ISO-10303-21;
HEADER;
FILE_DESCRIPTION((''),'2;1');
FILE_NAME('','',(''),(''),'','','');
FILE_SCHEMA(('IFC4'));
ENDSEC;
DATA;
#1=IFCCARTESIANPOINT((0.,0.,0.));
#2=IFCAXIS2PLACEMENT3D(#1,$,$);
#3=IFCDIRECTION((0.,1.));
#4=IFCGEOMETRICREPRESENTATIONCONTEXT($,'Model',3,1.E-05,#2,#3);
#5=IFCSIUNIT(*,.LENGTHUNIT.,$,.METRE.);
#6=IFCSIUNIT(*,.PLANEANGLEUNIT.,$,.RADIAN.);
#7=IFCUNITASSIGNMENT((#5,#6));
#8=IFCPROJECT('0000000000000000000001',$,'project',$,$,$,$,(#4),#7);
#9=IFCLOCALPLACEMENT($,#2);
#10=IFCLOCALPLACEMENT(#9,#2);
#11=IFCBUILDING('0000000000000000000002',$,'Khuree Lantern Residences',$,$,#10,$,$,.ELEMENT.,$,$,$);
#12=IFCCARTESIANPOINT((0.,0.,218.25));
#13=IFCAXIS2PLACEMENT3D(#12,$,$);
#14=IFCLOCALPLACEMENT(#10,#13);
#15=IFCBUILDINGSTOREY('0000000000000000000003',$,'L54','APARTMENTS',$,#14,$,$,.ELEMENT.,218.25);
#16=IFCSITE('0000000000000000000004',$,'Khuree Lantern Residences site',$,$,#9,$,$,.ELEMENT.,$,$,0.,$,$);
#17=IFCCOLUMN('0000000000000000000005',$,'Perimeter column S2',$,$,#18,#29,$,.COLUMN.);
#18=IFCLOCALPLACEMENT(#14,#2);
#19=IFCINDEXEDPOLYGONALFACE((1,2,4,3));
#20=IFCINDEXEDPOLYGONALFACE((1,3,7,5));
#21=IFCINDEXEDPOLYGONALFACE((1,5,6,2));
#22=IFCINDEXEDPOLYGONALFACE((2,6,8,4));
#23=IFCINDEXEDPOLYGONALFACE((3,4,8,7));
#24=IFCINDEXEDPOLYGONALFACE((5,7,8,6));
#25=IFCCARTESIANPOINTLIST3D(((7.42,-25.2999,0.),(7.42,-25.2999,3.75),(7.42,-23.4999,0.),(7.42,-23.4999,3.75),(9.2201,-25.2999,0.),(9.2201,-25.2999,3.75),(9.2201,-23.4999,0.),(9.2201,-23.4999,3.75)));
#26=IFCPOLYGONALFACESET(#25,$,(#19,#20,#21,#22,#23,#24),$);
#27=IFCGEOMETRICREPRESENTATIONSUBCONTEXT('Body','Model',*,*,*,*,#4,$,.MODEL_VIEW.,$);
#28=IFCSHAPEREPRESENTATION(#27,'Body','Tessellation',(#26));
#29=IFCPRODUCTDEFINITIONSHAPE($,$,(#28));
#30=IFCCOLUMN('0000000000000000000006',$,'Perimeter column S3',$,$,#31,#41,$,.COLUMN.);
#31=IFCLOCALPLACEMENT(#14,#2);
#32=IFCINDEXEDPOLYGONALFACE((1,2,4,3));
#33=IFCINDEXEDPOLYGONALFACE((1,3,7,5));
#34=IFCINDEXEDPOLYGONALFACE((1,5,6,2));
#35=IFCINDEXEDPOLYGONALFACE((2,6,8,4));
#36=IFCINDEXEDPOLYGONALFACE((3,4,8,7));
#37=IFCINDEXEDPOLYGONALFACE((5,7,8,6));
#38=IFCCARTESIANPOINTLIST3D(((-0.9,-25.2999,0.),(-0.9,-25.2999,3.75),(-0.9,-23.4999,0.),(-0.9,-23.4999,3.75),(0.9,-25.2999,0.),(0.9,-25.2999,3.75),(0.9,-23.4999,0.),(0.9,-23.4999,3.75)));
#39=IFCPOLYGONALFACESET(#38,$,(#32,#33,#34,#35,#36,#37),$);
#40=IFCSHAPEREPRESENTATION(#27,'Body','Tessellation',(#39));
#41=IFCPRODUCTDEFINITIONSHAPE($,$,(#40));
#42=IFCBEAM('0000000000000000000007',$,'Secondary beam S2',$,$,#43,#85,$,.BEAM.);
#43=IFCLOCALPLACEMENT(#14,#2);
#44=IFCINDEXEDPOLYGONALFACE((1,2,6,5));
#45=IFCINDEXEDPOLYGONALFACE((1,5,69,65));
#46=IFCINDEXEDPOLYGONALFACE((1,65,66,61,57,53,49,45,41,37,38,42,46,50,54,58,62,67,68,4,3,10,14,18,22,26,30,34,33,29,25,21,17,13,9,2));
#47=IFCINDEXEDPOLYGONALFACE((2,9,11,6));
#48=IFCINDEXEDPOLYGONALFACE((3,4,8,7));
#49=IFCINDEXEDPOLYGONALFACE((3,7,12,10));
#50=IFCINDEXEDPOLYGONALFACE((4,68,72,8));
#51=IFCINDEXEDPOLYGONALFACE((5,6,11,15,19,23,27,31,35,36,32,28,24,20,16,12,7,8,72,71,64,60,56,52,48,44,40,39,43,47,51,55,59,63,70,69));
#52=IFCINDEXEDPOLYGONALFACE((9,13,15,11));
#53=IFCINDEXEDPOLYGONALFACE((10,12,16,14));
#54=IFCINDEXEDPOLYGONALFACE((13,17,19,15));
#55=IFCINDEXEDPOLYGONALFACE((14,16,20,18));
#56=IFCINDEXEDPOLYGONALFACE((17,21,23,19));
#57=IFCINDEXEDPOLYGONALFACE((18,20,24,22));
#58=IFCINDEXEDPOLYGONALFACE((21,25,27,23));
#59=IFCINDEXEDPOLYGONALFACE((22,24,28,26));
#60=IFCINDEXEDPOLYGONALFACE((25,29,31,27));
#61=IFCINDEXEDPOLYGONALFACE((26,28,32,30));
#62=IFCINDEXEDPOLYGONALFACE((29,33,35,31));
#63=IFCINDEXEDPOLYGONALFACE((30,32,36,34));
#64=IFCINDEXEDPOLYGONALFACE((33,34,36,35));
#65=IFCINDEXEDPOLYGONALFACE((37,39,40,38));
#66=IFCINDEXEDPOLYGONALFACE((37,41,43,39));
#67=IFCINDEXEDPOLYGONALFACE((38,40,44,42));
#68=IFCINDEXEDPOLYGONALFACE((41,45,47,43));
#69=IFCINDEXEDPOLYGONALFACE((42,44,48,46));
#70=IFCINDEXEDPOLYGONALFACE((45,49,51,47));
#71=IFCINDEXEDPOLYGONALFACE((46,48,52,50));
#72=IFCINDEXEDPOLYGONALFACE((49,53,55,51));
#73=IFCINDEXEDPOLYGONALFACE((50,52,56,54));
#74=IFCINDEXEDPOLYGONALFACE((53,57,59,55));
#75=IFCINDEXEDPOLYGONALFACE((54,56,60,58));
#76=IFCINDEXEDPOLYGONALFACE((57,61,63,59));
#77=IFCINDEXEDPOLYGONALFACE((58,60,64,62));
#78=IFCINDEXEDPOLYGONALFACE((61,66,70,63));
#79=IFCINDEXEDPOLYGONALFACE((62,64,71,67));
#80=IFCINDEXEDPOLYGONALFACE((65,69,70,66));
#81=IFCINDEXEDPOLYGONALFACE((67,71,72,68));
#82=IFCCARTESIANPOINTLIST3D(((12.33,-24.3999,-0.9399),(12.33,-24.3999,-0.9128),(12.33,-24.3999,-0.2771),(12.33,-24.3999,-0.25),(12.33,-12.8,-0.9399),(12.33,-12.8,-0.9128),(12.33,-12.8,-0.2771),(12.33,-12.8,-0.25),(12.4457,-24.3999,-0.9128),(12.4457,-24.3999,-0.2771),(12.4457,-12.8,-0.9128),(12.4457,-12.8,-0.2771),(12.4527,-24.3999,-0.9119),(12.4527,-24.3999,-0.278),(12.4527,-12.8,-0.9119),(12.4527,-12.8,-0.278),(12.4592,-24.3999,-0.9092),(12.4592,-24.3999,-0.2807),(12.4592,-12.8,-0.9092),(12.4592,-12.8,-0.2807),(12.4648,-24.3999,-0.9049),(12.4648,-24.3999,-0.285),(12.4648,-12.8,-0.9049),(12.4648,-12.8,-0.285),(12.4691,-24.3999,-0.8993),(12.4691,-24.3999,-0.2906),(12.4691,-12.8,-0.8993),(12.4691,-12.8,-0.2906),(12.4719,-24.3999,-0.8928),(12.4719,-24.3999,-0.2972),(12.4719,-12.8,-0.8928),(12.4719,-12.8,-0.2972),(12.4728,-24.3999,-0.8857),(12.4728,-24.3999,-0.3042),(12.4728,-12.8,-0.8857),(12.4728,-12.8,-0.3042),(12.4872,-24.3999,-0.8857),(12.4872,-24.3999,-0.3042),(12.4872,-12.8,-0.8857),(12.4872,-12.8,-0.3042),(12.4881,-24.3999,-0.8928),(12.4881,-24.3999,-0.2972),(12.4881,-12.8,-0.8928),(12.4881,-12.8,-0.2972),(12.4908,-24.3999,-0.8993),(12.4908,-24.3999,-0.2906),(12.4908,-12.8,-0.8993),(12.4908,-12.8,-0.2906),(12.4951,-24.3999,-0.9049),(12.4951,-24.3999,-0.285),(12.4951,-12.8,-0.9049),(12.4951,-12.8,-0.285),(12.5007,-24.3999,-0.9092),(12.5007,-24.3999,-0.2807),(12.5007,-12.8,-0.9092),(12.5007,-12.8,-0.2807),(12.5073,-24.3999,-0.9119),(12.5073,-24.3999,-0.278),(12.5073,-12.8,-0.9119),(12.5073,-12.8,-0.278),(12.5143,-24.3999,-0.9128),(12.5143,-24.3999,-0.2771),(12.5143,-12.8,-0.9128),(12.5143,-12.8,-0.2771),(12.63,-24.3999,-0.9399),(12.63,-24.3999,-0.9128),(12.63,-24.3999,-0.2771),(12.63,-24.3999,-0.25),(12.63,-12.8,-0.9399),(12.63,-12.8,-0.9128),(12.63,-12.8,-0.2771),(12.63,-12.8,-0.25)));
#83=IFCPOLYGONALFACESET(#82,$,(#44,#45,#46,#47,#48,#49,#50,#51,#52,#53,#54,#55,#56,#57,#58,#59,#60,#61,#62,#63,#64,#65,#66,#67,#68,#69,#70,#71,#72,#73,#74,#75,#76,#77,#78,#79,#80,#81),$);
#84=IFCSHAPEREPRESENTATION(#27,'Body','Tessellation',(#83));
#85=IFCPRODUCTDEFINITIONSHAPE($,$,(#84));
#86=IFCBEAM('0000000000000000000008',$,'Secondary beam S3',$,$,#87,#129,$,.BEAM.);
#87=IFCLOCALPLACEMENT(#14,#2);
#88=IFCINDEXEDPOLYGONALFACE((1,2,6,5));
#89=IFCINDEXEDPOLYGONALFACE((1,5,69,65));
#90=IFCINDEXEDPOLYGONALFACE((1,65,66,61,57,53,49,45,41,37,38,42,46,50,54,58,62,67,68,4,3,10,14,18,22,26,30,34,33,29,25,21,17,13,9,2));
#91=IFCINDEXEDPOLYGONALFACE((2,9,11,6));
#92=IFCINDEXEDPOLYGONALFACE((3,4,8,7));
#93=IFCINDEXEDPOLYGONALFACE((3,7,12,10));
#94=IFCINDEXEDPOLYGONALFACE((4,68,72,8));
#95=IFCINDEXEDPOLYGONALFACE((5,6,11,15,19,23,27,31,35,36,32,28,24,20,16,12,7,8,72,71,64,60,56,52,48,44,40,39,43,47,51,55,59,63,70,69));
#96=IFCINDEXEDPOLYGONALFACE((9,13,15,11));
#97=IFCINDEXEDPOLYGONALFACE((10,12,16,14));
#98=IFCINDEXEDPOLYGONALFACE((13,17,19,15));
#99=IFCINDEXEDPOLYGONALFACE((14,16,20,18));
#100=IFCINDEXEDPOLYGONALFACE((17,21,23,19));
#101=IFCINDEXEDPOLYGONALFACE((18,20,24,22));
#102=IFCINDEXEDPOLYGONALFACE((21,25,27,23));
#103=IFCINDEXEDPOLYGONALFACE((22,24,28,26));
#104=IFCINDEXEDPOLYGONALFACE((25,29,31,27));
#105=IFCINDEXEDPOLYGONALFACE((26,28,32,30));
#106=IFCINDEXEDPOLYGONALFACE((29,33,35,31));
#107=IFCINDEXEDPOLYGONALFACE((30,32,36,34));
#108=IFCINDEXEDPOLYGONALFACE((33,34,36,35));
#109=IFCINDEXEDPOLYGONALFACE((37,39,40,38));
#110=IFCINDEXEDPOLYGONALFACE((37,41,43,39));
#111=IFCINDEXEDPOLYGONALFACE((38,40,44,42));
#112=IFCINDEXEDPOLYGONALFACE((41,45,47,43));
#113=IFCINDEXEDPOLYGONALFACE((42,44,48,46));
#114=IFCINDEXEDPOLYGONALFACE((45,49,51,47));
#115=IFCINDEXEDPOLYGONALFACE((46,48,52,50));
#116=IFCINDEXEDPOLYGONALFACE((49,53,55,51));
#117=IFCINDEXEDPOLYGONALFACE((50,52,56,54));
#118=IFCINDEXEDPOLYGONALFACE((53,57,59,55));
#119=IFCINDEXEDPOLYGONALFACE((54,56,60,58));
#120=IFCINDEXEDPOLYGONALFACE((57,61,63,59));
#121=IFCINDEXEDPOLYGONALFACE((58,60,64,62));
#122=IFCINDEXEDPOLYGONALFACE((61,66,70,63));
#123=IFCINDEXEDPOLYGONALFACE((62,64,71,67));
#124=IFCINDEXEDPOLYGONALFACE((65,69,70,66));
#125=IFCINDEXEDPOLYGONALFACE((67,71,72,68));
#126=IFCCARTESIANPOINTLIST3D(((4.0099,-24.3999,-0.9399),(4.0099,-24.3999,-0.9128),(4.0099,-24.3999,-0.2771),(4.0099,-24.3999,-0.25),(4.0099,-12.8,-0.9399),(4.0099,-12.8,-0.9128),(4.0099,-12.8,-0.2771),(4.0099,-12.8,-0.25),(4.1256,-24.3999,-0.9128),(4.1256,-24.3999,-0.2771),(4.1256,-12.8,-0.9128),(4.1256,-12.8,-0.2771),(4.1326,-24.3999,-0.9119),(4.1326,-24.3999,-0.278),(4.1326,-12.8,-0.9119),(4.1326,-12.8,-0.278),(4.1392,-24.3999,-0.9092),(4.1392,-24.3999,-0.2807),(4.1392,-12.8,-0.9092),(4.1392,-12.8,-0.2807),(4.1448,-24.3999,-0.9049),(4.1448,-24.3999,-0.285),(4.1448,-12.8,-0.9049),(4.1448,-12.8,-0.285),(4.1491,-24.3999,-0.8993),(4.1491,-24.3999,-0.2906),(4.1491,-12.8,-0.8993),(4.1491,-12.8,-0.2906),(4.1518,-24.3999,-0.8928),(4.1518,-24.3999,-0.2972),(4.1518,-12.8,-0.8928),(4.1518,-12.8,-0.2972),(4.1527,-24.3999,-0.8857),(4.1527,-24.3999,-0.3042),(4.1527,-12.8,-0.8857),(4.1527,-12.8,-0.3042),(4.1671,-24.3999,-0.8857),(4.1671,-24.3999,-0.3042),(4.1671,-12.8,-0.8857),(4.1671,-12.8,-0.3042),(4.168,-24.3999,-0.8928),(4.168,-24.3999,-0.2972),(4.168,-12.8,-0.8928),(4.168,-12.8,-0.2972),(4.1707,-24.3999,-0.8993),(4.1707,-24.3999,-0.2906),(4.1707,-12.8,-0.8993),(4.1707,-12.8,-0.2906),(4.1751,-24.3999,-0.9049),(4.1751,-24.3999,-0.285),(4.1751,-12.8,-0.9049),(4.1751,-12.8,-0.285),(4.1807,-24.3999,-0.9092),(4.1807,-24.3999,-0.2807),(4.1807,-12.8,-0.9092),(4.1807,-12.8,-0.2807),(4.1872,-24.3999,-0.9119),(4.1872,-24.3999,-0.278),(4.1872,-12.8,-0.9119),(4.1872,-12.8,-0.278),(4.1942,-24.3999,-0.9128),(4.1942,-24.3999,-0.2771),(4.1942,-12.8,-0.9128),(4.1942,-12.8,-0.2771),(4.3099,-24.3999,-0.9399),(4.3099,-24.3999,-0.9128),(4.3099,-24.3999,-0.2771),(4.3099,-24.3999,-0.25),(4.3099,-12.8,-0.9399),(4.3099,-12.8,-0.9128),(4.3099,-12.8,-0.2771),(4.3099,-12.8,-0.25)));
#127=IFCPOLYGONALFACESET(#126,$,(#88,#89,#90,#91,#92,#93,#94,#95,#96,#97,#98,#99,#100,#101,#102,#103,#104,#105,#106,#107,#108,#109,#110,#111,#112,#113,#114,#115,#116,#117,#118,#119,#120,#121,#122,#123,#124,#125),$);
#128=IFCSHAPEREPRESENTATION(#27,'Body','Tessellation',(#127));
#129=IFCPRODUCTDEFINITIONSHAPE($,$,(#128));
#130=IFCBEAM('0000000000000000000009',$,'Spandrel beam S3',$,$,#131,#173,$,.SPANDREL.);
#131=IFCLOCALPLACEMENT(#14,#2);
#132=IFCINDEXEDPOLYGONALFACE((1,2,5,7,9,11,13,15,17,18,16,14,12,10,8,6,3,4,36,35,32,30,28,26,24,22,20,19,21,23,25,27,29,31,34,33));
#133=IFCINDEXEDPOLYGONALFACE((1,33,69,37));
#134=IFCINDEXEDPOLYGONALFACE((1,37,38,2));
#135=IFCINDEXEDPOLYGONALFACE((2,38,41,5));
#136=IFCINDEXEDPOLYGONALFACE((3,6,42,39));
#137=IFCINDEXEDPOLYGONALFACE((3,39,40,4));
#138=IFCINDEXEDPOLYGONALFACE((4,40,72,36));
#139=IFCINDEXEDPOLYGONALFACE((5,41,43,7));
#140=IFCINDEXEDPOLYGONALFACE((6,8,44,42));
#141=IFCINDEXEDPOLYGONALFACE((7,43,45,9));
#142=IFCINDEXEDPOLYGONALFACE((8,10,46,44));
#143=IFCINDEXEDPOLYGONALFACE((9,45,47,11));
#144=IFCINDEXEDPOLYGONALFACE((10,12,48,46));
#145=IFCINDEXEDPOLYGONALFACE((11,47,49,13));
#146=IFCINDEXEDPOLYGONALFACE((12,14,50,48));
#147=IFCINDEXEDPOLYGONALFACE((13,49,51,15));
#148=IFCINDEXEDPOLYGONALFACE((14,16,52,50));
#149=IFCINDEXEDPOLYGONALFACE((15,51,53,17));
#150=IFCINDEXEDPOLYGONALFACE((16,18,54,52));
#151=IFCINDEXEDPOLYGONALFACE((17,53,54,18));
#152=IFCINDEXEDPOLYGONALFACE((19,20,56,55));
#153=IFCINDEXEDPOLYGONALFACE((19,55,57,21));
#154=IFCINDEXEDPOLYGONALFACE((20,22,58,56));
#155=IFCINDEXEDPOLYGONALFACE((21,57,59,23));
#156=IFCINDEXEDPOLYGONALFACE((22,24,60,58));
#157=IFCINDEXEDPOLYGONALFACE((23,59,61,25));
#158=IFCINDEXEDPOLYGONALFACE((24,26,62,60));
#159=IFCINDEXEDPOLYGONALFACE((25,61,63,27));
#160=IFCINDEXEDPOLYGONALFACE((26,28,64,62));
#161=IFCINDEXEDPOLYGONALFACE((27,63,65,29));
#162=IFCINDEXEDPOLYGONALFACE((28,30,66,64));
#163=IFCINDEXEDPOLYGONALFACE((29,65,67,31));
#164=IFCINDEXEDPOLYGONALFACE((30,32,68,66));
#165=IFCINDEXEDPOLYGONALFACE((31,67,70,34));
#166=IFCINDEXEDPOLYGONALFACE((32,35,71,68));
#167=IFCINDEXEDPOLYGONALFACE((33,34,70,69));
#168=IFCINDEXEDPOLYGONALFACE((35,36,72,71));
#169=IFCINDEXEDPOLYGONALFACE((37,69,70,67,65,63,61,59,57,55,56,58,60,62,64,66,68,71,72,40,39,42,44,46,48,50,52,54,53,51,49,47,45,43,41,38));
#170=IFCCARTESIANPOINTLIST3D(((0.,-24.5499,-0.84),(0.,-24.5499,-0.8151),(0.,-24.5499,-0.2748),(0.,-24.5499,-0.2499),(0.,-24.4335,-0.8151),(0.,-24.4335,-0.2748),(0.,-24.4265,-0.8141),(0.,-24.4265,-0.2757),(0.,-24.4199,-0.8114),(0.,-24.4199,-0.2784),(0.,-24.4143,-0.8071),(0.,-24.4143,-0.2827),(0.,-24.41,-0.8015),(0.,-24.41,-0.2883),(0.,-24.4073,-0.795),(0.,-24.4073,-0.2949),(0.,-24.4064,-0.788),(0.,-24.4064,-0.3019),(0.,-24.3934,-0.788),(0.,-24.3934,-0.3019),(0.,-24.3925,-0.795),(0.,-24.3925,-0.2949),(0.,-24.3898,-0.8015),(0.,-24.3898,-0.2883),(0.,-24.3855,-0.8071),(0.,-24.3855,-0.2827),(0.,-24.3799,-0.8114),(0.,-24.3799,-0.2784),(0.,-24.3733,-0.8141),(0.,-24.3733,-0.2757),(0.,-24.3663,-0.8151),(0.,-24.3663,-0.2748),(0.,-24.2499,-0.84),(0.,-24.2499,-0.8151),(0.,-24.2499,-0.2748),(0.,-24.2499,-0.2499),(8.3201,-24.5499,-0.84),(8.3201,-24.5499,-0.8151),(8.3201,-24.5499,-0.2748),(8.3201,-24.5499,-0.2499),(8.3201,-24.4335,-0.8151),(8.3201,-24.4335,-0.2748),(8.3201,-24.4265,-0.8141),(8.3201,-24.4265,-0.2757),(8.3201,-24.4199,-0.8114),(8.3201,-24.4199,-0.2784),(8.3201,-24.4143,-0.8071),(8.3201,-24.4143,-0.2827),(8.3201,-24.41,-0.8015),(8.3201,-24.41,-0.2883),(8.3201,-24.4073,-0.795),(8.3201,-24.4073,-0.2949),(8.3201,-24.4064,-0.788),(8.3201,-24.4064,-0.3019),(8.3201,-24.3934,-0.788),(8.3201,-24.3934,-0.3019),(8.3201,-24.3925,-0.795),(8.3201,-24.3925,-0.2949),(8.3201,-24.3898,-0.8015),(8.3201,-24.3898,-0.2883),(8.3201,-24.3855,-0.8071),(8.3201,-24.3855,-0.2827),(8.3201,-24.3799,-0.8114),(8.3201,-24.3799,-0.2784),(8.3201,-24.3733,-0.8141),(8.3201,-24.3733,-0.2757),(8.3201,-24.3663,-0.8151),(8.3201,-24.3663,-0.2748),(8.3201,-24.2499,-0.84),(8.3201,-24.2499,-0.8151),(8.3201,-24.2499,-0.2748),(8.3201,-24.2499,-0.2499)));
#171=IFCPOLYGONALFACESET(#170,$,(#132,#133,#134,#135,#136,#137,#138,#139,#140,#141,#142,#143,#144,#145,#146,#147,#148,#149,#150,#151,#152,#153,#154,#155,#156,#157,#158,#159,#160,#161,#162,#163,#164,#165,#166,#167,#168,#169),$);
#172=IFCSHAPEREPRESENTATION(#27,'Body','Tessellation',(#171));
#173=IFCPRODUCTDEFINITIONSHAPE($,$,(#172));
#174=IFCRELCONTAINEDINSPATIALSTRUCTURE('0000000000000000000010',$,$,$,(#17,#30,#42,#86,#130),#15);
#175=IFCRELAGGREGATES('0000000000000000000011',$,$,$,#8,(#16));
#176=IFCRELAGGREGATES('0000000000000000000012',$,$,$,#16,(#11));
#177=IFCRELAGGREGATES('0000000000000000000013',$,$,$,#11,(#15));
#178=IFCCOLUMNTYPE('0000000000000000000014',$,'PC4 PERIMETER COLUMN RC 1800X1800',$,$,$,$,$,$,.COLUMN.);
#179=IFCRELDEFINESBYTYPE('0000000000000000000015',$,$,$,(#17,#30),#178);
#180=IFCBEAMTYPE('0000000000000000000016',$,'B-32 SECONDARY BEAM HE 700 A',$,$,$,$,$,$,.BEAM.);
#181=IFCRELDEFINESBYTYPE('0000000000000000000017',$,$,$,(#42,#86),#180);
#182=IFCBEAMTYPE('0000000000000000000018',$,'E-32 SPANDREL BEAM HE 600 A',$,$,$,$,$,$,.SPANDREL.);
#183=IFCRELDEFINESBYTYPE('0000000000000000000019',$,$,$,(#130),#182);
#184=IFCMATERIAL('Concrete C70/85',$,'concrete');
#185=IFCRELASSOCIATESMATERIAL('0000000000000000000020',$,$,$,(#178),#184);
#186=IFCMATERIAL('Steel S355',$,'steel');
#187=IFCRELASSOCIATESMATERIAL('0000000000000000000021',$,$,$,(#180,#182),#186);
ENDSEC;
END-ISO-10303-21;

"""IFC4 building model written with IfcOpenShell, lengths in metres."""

from ifc_helpers import new_model, si_unit, direction, frame, origin, origin_2d, place, context, subcontext, project, spatial, rectangle, i_section, extrude, material, material_profile, profile_set, type_object, element, save


model = new_model("IFC4")

# Units and contexts
model_context = context("Model", 3, precision=1e-05, world=origin(), true_north=direction((0.0, 1.0)))
body_context = subcontext(model_context, "Body", "Model", "MODEL_VIEW")
ifc_project = project(units=[si_unit("LENGTHUNIT", "METRE"), si_unit("PLANEANGLEUNIT", "RADIAN")], contexts=[model_context])

# Site, building, storey
site_placement = place(None, origin())
site = spatial("IfcSite", under=ifc_project, at=site_placement, Name="Khuree Lantern Residences site", CompositionType="ELEMENT", RefElevation=0.0)
building_placement = place(site_placement, origin())
building = spatial("IfcBuilding", under=site, at=building_placement, Name="Khuree Lantern Residences", CompositionType="ELEMENT")
storey_placement = place(building_placement, frame((0.0, 0.0, 218.25)))
storey = spatial("IfcBuildingStorey", under=building, at=storey_placement, Name="L54", Description="APARTMENTS", CompositionType="ELEMENT", Elevation=218.25)

# Columns
ifc_material_1 = material(Name="Concrete C70/85", Category="concrete")
ifc_material_profile_1 = material_profile(ifc_material_1, rectangle(XDim=1.8, YDim=1.8, at=origin_2d()), Name="RC 1800X1800")
ifc_profile_set_1 = profile_set([ifc_material_profile_1], Name="Concrete C70/85")
column_type = type_object("IfcColumnType", Name="PC4 PERIMETER COLUMN RC 1800X1800", PredefinedType="COLUMN", material=ifc_profile_set_1)
for number, where, z_axis, x_axis, name in (
    (1, (8.3201, -24.3999, 0.0), (0.0, 0.0, 1.0), (1.0, 0.0, 0.0), "Perimeter column S2"),
    (2, (0.0, -24.3999, 0.0), (0.0, 0.0, 1.0), (1.0, 0.0, 0.0), "Perimeter column S3"),
):
    element("IfcColumn", number, at=place(storey_placement, frame(where, z_axis=z_axis, x_axis=x_axis)), inside=storey, type_object=column_type, Name=name, PredefinedType="COLUMN", context=body_context, shape_type="SweptSolid", body=[
        extrude(rectangle(XDim=1.8, YDim=1.8, at=origin_2d()), origin(), (0.0, 0.0, 1.0), 3.75),
    ])

# Beams
ifc_material_2 = material(Name="Steel S355", Category="steel")
ifc_material_profile_2 = material_profile(ifc_material_2, i_section(OverallWidth=0.3, OverallDepth=0.6899, WebThickness=0.0144, FlangeThickness=0.0271, FilletRadius=0.0271, at=origin_2d()), Name="HE 700 A")
ifc_profile_set_2 = profile_set([ifc_material_profile_2], Name="Steel S355")
beam_type_1 = type_object("IfcBeamType", Name="B-32 SECONDARY BEAM HE 700 A", PredefinedType="BEAM", material=ifc_profile_set_2)
for number, where, z_axis, x_axis, name in (
    (3, (12.48, -24.3999, -0.595), (0.0, 1.0, 0.0), (-1.0, 0.0, 0.0), "Secondary beam S2"),
    (4, (4.1599, -24.3999, -0.595), (0.0, 1.0, 0.0), (-1.0, 0.0, 0.0), "Secondary beam S3"),
):
    element("IfcBeam", number, at=place(storey_placement, frame(where, z_axis=z_axis, x_axis=x_axis)), inside=storey, type_object=beam_type_1, Name=name, PredefinedType="BEAM", context=body_context, shape_type="SweptSolid", body=[
        extrude(i_section(OverallWidth=0.3, OverallDepth=0.6899, WebThickness=0.0144, FlangeThickness=0.0271, FilletRadius=0.0271, at=origin_2d()), origin(), (0.0, 0.0, 1.0), 11.5999),
    ])
ifc_material_profile_3 = material_profile(ifc_material_2, i_section(OverallWidth=0.3, OverallDepth=0.5901, WebThickness=0.0129, FlangeThickness=0.0249, FilletRadius=0.0271, at=origin_2d()), Name="HE 600 A")
ifc_profile_set_3 = profile_set([ifc_material_profile_3], Name="Steel S355")
beam_type_2 = type_object("IfcBeamType", Name="E-32 SPANDREL BEAM HE 600 A", PredefinedType="SPANDREL", material=ifc_profile_set_3)
for number, where, z_axis, x_axis, name in (
    (5, (8.3201, -24.3999, -0.5449), (-1.0, 0.0, 0.0), (0.0, -1.0, 0.0), "Spandrel beam S3"),
):
    element("IfcBeam", number, at=place(storey_placement, frame(where, z_axis=z_axis, x_axis=x_axis)), inside=storey, type_object=beam_type_2, Name=name, PredefinedType="SPANDREL", context=body_context, shape_type="SweptSolid", body=[
        extrude(i_section(OverallWidth=0.3, OverallDepth=0.5901, WebThickness=0.0129, FlangeThickness=0.0249, FilletRadius=0.0271, at=origin_2d()), origin(), (0.0, 0.0, 1.0), 8.3201),
    ])

save(model, "model.ifc")
